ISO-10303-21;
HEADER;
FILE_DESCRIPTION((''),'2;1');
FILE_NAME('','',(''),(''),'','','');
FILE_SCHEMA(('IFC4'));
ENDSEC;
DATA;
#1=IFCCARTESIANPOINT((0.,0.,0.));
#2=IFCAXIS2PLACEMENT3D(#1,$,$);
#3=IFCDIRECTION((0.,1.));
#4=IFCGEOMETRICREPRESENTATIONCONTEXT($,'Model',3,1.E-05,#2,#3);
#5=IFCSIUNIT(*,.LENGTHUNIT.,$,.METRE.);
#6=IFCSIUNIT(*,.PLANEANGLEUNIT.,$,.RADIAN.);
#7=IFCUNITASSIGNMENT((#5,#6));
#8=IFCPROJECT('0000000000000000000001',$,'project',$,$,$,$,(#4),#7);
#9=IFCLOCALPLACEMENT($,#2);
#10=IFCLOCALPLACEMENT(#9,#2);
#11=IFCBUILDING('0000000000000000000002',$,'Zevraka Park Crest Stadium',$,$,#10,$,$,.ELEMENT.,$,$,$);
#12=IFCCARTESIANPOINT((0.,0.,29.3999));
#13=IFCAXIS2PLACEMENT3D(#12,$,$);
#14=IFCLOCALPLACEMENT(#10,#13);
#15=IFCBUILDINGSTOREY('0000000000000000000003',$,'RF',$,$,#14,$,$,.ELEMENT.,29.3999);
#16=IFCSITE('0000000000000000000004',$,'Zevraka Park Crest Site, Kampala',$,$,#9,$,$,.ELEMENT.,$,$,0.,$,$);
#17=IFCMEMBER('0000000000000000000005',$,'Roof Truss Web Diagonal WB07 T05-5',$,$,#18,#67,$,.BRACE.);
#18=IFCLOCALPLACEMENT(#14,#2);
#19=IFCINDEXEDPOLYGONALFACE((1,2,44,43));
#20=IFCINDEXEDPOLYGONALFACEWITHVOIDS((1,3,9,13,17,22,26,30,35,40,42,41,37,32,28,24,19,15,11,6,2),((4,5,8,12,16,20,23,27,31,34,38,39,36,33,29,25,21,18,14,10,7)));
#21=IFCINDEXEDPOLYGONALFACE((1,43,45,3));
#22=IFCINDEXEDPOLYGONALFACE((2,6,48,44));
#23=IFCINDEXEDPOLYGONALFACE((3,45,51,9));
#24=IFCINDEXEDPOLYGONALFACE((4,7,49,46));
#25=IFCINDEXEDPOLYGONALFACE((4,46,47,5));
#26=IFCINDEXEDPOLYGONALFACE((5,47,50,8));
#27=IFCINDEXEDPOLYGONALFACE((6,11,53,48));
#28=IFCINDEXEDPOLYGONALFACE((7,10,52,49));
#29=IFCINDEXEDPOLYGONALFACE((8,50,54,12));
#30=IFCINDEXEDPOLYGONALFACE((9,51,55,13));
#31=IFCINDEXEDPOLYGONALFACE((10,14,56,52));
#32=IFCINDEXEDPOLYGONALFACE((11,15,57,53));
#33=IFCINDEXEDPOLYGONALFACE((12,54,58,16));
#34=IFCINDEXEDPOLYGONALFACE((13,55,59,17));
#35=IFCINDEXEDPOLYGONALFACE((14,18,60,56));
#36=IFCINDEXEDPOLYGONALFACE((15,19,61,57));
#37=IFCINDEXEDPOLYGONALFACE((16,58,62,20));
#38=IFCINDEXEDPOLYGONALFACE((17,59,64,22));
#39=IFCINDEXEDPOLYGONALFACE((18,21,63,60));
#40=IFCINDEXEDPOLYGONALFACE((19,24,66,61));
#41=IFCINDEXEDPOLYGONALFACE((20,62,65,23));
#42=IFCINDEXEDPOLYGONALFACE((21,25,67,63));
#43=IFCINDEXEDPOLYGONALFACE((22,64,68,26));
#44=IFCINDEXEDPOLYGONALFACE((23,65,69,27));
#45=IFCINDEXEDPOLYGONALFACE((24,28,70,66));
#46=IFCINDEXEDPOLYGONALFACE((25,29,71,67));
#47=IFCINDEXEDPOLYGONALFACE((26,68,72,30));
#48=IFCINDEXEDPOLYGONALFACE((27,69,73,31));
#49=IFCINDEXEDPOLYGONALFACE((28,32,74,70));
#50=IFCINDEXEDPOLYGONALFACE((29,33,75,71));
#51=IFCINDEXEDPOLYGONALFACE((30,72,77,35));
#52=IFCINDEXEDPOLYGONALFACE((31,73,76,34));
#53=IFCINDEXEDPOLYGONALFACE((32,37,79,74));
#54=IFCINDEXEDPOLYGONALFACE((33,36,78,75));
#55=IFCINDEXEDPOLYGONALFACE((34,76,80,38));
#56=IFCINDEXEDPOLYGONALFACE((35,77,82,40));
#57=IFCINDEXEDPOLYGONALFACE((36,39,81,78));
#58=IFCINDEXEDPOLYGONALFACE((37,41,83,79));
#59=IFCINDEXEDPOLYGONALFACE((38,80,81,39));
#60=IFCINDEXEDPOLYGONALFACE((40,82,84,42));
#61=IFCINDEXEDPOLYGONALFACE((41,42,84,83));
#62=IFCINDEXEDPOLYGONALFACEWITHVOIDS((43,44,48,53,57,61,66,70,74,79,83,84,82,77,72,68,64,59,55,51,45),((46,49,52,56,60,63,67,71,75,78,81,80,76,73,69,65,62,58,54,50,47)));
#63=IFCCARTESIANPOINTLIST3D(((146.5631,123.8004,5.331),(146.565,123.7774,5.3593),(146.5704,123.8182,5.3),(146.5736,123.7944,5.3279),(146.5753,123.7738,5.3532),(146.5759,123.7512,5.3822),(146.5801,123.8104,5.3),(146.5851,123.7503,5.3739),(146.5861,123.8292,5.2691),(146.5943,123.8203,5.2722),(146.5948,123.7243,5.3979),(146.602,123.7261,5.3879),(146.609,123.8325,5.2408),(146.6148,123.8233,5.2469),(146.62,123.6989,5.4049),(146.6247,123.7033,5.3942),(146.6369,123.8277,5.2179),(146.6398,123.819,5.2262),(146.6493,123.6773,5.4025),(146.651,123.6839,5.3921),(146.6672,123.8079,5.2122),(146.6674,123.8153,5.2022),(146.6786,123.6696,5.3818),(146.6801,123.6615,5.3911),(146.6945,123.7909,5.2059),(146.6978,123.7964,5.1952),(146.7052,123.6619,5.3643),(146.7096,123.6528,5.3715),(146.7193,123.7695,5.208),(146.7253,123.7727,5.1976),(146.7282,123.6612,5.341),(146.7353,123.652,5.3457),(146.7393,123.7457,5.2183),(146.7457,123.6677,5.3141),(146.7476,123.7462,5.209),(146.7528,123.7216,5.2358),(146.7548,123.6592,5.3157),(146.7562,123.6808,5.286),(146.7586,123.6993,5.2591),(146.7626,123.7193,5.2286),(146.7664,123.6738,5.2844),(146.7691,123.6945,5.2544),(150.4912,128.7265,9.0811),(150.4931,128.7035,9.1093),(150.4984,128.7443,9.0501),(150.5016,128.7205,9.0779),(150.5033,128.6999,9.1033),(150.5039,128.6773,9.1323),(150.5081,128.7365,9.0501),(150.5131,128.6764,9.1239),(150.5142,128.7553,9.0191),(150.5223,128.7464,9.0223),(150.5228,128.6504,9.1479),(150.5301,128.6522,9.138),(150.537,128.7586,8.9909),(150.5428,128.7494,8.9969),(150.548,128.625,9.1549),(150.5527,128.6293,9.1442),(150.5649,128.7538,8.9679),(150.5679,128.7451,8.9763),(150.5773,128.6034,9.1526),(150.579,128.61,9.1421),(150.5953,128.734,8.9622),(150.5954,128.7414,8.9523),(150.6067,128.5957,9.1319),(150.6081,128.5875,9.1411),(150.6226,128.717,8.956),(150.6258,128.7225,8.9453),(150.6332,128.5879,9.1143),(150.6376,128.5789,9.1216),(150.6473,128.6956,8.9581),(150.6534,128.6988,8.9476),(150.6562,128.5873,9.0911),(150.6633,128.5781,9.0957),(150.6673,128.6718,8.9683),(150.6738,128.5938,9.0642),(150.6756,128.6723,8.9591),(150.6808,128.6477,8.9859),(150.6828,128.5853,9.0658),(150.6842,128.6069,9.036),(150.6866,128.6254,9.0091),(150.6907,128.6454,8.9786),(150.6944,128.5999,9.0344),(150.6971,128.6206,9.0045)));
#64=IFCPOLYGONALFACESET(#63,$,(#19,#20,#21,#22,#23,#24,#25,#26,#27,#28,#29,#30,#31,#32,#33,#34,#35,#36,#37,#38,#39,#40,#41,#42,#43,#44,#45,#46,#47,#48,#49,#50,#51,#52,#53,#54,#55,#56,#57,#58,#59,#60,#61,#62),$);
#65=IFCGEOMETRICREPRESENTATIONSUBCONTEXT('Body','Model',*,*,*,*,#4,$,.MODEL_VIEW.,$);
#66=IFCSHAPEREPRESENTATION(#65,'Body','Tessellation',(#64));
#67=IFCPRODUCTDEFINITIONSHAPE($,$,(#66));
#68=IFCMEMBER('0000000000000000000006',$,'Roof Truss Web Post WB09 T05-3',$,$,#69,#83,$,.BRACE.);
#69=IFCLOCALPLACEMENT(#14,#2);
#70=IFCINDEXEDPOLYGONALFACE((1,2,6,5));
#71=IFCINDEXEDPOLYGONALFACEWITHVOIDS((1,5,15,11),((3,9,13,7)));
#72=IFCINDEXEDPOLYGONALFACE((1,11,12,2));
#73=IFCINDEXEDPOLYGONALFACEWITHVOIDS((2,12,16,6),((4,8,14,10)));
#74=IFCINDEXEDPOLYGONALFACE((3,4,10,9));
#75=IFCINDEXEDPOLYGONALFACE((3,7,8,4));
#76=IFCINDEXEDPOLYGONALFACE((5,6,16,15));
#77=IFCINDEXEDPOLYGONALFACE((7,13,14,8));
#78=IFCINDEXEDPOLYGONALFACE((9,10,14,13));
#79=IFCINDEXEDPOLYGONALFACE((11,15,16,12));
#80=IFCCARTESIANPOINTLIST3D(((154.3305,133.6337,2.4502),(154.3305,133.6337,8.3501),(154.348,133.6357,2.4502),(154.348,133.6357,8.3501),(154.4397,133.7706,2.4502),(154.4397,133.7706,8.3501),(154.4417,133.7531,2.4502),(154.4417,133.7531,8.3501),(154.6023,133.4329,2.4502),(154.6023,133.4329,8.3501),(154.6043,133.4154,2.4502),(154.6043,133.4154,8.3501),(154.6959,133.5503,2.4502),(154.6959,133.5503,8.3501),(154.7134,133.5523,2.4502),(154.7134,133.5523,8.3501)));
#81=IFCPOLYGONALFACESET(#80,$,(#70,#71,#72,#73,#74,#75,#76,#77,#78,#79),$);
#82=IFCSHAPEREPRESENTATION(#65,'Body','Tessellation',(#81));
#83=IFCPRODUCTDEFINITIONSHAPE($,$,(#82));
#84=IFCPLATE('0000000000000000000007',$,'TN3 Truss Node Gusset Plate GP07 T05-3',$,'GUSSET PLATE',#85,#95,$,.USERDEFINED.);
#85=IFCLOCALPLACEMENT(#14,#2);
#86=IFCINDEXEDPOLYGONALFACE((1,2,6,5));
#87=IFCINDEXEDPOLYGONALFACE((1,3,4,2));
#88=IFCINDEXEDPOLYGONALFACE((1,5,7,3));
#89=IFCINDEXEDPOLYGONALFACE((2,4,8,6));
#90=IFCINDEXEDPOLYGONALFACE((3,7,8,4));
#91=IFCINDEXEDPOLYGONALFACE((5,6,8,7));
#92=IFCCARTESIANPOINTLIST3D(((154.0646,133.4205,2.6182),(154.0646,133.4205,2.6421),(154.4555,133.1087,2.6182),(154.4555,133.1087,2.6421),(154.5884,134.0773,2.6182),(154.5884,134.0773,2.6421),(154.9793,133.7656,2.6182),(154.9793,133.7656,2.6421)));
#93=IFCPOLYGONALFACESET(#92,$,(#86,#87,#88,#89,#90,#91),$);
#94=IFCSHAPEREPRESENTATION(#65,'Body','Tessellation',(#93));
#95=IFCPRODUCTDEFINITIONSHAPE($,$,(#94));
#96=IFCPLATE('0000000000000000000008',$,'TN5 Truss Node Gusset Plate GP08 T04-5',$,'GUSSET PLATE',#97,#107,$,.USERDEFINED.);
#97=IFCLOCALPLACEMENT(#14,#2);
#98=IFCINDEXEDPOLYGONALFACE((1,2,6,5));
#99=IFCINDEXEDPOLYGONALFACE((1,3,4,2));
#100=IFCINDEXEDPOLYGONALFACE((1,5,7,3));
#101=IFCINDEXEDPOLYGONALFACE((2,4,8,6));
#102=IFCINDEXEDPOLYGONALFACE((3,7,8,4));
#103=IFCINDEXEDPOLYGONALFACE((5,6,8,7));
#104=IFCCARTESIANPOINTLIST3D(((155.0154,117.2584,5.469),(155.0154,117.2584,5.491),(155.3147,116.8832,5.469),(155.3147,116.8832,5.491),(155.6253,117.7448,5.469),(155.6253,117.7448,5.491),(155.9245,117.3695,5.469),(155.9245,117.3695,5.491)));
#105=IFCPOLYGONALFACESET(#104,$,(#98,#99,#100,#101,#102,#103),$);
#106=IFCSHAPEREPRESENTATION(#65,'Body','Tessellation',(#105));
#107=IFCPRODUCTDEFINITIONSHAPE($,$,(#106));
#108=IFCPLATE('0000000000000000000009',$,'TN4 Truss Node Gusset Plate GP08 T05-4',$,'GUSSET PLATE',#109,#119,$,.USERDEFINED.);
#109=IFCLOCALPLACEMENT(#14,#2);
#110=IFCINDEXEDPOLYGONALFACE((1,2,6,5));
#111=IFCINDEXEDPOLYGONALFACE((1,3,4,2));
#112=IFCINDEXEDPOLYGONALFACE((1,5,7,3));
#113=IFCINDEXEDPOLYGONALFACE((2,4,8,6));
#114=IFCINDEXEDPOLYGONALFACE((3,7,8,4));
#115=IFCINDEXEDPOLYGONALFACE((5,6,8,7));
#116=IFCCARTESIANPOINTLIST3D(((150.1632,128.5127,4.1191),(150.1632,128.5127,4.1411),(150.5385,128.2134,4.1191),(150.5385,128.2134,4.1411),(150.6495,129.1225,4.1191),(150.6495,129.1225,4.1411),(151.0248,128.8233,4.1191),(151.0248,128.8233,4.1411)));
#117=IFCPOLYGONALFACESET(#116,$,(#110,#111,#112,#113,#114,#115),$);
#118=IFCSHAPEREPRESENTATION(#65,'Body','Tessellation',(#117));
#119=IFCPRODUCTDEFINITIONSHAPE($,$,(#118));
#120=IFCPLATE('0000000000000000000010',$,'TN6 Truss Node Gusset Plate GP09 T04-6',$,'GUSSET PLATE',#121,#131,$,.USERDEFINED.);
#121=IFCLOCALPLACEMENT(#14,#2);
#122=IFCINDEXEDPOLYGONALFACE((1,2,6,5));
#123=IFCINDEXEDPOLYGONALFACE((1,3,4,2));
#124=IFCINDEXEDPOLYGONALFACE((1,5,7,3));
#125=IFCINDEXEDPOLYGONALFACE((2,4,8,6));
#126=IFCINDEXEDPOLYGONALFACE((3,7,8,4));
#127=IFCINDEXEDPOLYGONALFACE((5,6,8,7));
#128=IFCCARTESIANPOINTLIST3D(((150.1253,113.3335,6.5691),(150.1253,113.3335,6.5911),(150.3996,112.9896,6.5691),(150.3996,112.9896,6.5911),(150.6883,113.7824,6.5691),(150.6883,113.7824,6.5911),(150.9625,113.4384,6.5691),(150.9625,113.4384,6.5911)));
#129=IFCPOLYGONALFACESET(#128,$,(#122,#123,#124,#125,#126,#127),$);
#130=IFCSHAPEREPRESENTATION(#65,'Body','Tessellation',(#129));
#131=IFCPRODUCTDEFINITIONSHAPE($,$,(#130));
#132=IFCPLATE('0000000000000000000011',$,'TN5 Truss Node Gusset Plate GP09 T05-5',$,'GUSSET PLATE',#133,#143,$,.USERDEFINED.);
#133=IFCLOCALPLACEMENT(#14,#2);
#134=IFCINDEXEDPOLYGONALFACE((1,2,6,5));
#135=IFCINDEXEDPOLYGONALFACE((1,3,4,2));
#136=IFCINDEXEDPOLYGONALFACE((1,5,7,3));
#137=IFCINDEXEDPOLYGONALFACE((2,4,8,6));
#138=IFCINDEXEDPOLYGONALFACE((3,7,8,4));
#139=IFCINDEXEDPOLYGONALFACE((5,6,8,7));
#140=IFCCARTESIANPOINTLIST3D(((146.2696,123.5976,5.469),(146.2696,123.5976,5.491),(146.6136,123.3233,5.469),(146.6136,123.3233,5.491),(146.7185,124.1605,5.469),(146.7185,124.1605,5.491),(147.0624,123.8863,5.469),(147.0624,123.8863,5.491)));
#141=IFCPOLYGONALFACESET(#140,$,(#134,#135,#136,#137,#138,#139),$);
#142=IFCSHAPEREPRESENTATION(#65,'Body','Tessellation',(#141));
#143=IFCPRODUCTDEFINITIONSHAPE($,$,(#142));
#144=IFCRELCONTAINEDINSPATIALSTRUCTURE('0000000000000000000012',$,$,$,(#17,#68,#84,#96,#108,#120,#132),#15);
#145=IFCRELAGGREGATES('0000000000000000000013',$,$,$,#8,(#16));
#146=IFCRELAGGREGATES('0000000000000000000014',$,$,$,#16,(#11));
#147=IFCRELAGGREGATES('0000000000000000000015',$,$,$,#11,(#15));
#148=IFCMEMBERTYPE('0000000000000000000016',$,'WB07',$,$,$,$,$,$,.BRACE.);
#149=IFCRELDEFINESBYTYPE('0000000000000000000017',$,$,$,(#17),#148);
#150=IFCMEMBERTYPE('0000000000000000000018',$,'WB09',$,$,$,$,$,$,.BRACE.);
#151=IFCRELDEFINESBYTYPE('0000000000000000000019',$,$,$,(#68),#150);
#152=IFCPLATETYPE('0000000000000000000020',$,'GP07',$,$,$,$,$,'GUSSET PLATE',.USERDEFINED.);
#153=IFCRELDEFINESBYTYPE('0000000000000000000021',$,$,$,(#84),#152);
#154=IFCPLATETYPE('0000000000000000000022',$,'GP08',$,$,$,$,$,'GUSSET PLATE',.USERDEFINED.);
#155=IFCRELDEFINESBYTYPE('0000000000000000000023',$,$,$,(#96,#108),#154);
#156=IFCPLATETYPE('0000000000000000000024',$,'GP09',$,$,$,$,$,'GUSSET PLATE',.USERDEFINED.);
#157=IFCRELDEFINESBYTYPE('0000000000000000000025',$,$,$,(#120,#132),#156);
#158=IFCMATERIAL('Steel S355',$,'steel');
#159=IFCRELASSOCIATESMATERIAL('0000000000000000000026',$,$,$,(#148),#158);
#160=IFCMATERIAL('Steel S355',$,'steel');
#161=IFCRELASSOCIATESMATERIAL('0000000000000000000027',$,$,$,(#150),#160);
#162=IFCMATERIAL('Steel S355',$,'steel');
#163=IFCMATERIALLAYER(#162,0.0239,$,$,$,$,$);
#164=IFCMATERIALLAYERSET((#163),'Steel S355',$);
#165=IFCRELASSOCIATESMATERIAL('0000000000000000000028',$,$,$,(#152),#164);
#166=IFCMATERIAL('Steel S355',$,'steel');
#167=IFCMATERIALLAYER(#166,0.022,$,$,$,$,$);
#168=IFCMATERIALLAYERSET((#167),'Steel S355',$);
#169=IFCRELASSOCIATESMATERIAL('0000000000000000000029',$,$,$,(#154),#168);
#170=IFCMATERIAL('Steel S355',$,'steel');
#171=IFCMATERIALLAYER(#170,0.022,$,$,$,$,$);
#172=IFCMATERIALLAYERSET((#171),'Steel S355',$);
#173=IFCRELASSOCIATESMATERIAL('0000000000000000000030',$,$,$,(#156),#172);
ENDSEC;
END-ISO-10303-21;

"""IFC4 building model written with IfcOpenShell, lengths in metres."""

from ifc_helpers import new_model, si_unit, direction, frame, origin, origin_2d, place, context, subcontext, project, spatial, rectangle, hollow_rectangle, hollow_circle, extrude, material, layer, layer_set, material_profile, profile_set, type_object, element, save


model = new_model("IFC4")

# Units and contexts
model_context = context("Model", 3, precision=1e-05, world=origin(), true_north=direction((0.0, 1.0)))
body_context = subcontext(model_context, "Body", "Model", "MODEL_VIEW")
ifc_project = project(units=[si_unit("LENGTHUNIT", "METRE"), si_unit("PLANEANGLEUNIT", "RADIAN")], contexts=[model_context])

# Site, building, storey
site_placement = place(None, origin())
site = spatial("IfcSite", under=ifc_project, at=site_placement, Name="Zevraka Park Crest Site, Kampala", CompositionType="ELEMENT", RefElevation=0.0)
building_placement = place(site_placement, origin())
building = spatial("IfcBuilding", under=site, at=building_placement, Name="Zevraka Park Crest Stadium", CompositionType="ELEMENT")
storey_placement = place(building_placement, frame((0.0, 0.0, 29.3999)))
storey = spatial("IfcBuildingStorey", under=building, at=storey_placement, Name="RF", CompositionType="ELEMENT", Elevation=29.3999)

# Members
ifc_material_1 = material(Name="Steel S355", Category="steel")
ifc_material_profile_1 = material_profile(ifc_material_1, hollow_circle(Radius=0.1223, WallThickness=0.0125, at=origin_2d()), Name="CHS 244.5x12.5")
ifc_profile_set_1 = profile_set([ifc_material_profile_1], Name="Steel S355")
member_type_1 = type_object("IfcMemberType", Name="WB07", PredefinedType="BRACE", material=ifc_profile_set_1)
member_1_placement = place(storey_placement, frame((146.666, 123.7419, 5.3), z_axis=(0.535736, 0.671859, 0.511461), x_axis=(-0.781862, 0.623451, 0.0)))
element("IfcMember", 1, at=member_1_placement, inside=storey, type_object=member_type_1, Name="Roof Truss Web Diagonal WB07 T05-5", PredefinedType="BRACE", context=body_context, shape_type="SweptSolid", body=[
    extrude(hollow_circle(Radius=0.1223, WallThickness=0.0125, at=origin_2d()), origin(), (0.0, 0.0, 1.0), 7.332),
])
ifc_material_2 = material(Name="Steel S355", Category="steel")
ifc_material_profile_2 = material_profile(ifc_material_2, hollow_rectangle(XDim=0.175, YDim=0.3501, WallThickness=0.0125, at=origin_2d()), Name="RHS 350x175x12.5")
ifc_profile_set_2 = profile_set([ifc_material_profile_2], Name="Steel S355")
member_type_2 = type_object("IfcMemberType", Name="WB09", PredefinedType="BRACE", material=ifc_profile_set_2)
member_2_placement = place(storey_placement, frame((154.522, 133.593, 2.4502), z_axis=(0.0, 0.0, 1.0), x_axis=(0.62347, 0.781847, 0.0)))
element("IfcMember", 2, at=member_2_placement, inside=storey, type_object=member_type_2, Name="Roof Truss Web Post WB09 T05-3", PredefinedType="BRACE", context=body_context, shape_type="SweptSolid", body=[
    extrude(hollow_rectangle(XDim=0.175, YDim=0.3501, WallThickness=0.0125, at=origin_2d()), origin(), (0.0, 0.0, 1.0), 5.8999),
])

# Plates
ifc_material_3 = material(Name="Steel S355", Category="steel")
ifc_layer_1 = layer(ifc_material_3, 0.0239)
ifc_layer_set_1 = layer_set([ifc_layer_1], Name="Steel S355")
plate_type_1 = type_object("IfcPlateType", Name="GP07", ElementType="GUSSET PLATE", PredefinedType="USERDEFINED", material=ifc_layer_set_1)
plate_placement = place(storey_placement, frame((154.522, 133.593, 2.6182), z_axis=(0.0, 0.0, 1.0), x_axis=(0.62347, 0.781847, 0.0)))
element("IfcPlate", 3, at=plate_placement, inside=storey, type_object=plate_type_1, Name="TN3 Truss Node Gusset Plate GP07 T05-3", ObjectType="GUSSET PLATE", PredefinedType="USERDEFINED", context=body_context, shape_type="SweptSolid", body=[
    extrude(rectangle(XDim=0.8401, YDim=0.5, at=origin_2d()), origin(), (0.0, 0.0, 1.0), 0.0239),
])
ifc_material_4 = material(Name="Steel S355", Category="steel")
ifc_layer_2 = layer(ifc_material_4, 0.022)
ifc_layer_set_2 = layer_set([ifc_layer_2], Name="Steel S355")
plate_type_2 = type_object("IfcPlateType", Name="GP08", ElementType="GUSSET PLATE", PredefinedType="USERDEFINED", material=ifc_layer_set_2)
for number, where, z_axis, x_axis, name in (
    (4, (155.47, 117.314, 5.469), (0.0, 0.0, 1.0), (0.781847, 0.62347, 0.0), "TN5 Truss Node Gusset Plate GP08 T04-5"),
    (5, (150.594, 128.668, 4.1191), (0.0, 0.0, 1.0), (0.62347, 0.781847, 0.0), "TN4 Truss Node Gusset Plate GP08 T05-4"),
):
    element("IfcPlate", number, at=place(storey_placement, frame(where, z_axis=z_axis, x_axis=x_axis)), inside=storey, type_object=plate_type_2, Name=name, ObjectType="GUSSET PLATE", PredefinedType="USERDEFINED", context=body_context, shape_type="SweptSolid", body=[
        extrude(rectangle(XDim=0.78, YDim=0.48, at=origin_2d()), origin(), (0.0, 0.0, 1.0), 0.022),
    ])
ifc_material_5 = material(Name="Steel S355", Category="steel")
ifc_layer_3 = layer(ifc_material_5, 0.022)
ifc_layer_set_3 = layer_set([ifc_layer_3], Name="Steel S355")
plate_type_3 = type_object("IfcPlateType", Name="GP09", ElementType="GUSSET PLATE", PredefinedType="USERDEFINED", material=ifc_layer_set_3)
for number, where, z_axis, x_axis, name in (
    (6, (150.5439, 113.386, 6.5691), (0.0, 0.0, 1.0), (0.781847, 0.62347, 0.0), "TN6 Truss Node Gusset Plate GP09 T04-6"),
    (7, (146.666, 123.7419, 5.469), (0.0, 0.0, 1.0), (0.62347, 0.781847, 0.0), "TN5 Truss Node Gusset Plate GP09 T05-5"),
):
    element("IfcPlate", number, at=place(storey_placement, frame(where, z_axis=z_axis, x_axis=x_axis)), inside=storey, type_object=plate_type_3, Name=name, ObjectType="GUSSET PLATE", PredefinedType="USERDEFINED", context=body_context, shape_type="SweptSolid", body=[
        extrude(rectangle(XDim=0.72, YDim=0.4399, at=origin_2d()), origin(), (0.0, 0.0, 1.0), 0.022),
    ])

save(model, "model.ifc")
